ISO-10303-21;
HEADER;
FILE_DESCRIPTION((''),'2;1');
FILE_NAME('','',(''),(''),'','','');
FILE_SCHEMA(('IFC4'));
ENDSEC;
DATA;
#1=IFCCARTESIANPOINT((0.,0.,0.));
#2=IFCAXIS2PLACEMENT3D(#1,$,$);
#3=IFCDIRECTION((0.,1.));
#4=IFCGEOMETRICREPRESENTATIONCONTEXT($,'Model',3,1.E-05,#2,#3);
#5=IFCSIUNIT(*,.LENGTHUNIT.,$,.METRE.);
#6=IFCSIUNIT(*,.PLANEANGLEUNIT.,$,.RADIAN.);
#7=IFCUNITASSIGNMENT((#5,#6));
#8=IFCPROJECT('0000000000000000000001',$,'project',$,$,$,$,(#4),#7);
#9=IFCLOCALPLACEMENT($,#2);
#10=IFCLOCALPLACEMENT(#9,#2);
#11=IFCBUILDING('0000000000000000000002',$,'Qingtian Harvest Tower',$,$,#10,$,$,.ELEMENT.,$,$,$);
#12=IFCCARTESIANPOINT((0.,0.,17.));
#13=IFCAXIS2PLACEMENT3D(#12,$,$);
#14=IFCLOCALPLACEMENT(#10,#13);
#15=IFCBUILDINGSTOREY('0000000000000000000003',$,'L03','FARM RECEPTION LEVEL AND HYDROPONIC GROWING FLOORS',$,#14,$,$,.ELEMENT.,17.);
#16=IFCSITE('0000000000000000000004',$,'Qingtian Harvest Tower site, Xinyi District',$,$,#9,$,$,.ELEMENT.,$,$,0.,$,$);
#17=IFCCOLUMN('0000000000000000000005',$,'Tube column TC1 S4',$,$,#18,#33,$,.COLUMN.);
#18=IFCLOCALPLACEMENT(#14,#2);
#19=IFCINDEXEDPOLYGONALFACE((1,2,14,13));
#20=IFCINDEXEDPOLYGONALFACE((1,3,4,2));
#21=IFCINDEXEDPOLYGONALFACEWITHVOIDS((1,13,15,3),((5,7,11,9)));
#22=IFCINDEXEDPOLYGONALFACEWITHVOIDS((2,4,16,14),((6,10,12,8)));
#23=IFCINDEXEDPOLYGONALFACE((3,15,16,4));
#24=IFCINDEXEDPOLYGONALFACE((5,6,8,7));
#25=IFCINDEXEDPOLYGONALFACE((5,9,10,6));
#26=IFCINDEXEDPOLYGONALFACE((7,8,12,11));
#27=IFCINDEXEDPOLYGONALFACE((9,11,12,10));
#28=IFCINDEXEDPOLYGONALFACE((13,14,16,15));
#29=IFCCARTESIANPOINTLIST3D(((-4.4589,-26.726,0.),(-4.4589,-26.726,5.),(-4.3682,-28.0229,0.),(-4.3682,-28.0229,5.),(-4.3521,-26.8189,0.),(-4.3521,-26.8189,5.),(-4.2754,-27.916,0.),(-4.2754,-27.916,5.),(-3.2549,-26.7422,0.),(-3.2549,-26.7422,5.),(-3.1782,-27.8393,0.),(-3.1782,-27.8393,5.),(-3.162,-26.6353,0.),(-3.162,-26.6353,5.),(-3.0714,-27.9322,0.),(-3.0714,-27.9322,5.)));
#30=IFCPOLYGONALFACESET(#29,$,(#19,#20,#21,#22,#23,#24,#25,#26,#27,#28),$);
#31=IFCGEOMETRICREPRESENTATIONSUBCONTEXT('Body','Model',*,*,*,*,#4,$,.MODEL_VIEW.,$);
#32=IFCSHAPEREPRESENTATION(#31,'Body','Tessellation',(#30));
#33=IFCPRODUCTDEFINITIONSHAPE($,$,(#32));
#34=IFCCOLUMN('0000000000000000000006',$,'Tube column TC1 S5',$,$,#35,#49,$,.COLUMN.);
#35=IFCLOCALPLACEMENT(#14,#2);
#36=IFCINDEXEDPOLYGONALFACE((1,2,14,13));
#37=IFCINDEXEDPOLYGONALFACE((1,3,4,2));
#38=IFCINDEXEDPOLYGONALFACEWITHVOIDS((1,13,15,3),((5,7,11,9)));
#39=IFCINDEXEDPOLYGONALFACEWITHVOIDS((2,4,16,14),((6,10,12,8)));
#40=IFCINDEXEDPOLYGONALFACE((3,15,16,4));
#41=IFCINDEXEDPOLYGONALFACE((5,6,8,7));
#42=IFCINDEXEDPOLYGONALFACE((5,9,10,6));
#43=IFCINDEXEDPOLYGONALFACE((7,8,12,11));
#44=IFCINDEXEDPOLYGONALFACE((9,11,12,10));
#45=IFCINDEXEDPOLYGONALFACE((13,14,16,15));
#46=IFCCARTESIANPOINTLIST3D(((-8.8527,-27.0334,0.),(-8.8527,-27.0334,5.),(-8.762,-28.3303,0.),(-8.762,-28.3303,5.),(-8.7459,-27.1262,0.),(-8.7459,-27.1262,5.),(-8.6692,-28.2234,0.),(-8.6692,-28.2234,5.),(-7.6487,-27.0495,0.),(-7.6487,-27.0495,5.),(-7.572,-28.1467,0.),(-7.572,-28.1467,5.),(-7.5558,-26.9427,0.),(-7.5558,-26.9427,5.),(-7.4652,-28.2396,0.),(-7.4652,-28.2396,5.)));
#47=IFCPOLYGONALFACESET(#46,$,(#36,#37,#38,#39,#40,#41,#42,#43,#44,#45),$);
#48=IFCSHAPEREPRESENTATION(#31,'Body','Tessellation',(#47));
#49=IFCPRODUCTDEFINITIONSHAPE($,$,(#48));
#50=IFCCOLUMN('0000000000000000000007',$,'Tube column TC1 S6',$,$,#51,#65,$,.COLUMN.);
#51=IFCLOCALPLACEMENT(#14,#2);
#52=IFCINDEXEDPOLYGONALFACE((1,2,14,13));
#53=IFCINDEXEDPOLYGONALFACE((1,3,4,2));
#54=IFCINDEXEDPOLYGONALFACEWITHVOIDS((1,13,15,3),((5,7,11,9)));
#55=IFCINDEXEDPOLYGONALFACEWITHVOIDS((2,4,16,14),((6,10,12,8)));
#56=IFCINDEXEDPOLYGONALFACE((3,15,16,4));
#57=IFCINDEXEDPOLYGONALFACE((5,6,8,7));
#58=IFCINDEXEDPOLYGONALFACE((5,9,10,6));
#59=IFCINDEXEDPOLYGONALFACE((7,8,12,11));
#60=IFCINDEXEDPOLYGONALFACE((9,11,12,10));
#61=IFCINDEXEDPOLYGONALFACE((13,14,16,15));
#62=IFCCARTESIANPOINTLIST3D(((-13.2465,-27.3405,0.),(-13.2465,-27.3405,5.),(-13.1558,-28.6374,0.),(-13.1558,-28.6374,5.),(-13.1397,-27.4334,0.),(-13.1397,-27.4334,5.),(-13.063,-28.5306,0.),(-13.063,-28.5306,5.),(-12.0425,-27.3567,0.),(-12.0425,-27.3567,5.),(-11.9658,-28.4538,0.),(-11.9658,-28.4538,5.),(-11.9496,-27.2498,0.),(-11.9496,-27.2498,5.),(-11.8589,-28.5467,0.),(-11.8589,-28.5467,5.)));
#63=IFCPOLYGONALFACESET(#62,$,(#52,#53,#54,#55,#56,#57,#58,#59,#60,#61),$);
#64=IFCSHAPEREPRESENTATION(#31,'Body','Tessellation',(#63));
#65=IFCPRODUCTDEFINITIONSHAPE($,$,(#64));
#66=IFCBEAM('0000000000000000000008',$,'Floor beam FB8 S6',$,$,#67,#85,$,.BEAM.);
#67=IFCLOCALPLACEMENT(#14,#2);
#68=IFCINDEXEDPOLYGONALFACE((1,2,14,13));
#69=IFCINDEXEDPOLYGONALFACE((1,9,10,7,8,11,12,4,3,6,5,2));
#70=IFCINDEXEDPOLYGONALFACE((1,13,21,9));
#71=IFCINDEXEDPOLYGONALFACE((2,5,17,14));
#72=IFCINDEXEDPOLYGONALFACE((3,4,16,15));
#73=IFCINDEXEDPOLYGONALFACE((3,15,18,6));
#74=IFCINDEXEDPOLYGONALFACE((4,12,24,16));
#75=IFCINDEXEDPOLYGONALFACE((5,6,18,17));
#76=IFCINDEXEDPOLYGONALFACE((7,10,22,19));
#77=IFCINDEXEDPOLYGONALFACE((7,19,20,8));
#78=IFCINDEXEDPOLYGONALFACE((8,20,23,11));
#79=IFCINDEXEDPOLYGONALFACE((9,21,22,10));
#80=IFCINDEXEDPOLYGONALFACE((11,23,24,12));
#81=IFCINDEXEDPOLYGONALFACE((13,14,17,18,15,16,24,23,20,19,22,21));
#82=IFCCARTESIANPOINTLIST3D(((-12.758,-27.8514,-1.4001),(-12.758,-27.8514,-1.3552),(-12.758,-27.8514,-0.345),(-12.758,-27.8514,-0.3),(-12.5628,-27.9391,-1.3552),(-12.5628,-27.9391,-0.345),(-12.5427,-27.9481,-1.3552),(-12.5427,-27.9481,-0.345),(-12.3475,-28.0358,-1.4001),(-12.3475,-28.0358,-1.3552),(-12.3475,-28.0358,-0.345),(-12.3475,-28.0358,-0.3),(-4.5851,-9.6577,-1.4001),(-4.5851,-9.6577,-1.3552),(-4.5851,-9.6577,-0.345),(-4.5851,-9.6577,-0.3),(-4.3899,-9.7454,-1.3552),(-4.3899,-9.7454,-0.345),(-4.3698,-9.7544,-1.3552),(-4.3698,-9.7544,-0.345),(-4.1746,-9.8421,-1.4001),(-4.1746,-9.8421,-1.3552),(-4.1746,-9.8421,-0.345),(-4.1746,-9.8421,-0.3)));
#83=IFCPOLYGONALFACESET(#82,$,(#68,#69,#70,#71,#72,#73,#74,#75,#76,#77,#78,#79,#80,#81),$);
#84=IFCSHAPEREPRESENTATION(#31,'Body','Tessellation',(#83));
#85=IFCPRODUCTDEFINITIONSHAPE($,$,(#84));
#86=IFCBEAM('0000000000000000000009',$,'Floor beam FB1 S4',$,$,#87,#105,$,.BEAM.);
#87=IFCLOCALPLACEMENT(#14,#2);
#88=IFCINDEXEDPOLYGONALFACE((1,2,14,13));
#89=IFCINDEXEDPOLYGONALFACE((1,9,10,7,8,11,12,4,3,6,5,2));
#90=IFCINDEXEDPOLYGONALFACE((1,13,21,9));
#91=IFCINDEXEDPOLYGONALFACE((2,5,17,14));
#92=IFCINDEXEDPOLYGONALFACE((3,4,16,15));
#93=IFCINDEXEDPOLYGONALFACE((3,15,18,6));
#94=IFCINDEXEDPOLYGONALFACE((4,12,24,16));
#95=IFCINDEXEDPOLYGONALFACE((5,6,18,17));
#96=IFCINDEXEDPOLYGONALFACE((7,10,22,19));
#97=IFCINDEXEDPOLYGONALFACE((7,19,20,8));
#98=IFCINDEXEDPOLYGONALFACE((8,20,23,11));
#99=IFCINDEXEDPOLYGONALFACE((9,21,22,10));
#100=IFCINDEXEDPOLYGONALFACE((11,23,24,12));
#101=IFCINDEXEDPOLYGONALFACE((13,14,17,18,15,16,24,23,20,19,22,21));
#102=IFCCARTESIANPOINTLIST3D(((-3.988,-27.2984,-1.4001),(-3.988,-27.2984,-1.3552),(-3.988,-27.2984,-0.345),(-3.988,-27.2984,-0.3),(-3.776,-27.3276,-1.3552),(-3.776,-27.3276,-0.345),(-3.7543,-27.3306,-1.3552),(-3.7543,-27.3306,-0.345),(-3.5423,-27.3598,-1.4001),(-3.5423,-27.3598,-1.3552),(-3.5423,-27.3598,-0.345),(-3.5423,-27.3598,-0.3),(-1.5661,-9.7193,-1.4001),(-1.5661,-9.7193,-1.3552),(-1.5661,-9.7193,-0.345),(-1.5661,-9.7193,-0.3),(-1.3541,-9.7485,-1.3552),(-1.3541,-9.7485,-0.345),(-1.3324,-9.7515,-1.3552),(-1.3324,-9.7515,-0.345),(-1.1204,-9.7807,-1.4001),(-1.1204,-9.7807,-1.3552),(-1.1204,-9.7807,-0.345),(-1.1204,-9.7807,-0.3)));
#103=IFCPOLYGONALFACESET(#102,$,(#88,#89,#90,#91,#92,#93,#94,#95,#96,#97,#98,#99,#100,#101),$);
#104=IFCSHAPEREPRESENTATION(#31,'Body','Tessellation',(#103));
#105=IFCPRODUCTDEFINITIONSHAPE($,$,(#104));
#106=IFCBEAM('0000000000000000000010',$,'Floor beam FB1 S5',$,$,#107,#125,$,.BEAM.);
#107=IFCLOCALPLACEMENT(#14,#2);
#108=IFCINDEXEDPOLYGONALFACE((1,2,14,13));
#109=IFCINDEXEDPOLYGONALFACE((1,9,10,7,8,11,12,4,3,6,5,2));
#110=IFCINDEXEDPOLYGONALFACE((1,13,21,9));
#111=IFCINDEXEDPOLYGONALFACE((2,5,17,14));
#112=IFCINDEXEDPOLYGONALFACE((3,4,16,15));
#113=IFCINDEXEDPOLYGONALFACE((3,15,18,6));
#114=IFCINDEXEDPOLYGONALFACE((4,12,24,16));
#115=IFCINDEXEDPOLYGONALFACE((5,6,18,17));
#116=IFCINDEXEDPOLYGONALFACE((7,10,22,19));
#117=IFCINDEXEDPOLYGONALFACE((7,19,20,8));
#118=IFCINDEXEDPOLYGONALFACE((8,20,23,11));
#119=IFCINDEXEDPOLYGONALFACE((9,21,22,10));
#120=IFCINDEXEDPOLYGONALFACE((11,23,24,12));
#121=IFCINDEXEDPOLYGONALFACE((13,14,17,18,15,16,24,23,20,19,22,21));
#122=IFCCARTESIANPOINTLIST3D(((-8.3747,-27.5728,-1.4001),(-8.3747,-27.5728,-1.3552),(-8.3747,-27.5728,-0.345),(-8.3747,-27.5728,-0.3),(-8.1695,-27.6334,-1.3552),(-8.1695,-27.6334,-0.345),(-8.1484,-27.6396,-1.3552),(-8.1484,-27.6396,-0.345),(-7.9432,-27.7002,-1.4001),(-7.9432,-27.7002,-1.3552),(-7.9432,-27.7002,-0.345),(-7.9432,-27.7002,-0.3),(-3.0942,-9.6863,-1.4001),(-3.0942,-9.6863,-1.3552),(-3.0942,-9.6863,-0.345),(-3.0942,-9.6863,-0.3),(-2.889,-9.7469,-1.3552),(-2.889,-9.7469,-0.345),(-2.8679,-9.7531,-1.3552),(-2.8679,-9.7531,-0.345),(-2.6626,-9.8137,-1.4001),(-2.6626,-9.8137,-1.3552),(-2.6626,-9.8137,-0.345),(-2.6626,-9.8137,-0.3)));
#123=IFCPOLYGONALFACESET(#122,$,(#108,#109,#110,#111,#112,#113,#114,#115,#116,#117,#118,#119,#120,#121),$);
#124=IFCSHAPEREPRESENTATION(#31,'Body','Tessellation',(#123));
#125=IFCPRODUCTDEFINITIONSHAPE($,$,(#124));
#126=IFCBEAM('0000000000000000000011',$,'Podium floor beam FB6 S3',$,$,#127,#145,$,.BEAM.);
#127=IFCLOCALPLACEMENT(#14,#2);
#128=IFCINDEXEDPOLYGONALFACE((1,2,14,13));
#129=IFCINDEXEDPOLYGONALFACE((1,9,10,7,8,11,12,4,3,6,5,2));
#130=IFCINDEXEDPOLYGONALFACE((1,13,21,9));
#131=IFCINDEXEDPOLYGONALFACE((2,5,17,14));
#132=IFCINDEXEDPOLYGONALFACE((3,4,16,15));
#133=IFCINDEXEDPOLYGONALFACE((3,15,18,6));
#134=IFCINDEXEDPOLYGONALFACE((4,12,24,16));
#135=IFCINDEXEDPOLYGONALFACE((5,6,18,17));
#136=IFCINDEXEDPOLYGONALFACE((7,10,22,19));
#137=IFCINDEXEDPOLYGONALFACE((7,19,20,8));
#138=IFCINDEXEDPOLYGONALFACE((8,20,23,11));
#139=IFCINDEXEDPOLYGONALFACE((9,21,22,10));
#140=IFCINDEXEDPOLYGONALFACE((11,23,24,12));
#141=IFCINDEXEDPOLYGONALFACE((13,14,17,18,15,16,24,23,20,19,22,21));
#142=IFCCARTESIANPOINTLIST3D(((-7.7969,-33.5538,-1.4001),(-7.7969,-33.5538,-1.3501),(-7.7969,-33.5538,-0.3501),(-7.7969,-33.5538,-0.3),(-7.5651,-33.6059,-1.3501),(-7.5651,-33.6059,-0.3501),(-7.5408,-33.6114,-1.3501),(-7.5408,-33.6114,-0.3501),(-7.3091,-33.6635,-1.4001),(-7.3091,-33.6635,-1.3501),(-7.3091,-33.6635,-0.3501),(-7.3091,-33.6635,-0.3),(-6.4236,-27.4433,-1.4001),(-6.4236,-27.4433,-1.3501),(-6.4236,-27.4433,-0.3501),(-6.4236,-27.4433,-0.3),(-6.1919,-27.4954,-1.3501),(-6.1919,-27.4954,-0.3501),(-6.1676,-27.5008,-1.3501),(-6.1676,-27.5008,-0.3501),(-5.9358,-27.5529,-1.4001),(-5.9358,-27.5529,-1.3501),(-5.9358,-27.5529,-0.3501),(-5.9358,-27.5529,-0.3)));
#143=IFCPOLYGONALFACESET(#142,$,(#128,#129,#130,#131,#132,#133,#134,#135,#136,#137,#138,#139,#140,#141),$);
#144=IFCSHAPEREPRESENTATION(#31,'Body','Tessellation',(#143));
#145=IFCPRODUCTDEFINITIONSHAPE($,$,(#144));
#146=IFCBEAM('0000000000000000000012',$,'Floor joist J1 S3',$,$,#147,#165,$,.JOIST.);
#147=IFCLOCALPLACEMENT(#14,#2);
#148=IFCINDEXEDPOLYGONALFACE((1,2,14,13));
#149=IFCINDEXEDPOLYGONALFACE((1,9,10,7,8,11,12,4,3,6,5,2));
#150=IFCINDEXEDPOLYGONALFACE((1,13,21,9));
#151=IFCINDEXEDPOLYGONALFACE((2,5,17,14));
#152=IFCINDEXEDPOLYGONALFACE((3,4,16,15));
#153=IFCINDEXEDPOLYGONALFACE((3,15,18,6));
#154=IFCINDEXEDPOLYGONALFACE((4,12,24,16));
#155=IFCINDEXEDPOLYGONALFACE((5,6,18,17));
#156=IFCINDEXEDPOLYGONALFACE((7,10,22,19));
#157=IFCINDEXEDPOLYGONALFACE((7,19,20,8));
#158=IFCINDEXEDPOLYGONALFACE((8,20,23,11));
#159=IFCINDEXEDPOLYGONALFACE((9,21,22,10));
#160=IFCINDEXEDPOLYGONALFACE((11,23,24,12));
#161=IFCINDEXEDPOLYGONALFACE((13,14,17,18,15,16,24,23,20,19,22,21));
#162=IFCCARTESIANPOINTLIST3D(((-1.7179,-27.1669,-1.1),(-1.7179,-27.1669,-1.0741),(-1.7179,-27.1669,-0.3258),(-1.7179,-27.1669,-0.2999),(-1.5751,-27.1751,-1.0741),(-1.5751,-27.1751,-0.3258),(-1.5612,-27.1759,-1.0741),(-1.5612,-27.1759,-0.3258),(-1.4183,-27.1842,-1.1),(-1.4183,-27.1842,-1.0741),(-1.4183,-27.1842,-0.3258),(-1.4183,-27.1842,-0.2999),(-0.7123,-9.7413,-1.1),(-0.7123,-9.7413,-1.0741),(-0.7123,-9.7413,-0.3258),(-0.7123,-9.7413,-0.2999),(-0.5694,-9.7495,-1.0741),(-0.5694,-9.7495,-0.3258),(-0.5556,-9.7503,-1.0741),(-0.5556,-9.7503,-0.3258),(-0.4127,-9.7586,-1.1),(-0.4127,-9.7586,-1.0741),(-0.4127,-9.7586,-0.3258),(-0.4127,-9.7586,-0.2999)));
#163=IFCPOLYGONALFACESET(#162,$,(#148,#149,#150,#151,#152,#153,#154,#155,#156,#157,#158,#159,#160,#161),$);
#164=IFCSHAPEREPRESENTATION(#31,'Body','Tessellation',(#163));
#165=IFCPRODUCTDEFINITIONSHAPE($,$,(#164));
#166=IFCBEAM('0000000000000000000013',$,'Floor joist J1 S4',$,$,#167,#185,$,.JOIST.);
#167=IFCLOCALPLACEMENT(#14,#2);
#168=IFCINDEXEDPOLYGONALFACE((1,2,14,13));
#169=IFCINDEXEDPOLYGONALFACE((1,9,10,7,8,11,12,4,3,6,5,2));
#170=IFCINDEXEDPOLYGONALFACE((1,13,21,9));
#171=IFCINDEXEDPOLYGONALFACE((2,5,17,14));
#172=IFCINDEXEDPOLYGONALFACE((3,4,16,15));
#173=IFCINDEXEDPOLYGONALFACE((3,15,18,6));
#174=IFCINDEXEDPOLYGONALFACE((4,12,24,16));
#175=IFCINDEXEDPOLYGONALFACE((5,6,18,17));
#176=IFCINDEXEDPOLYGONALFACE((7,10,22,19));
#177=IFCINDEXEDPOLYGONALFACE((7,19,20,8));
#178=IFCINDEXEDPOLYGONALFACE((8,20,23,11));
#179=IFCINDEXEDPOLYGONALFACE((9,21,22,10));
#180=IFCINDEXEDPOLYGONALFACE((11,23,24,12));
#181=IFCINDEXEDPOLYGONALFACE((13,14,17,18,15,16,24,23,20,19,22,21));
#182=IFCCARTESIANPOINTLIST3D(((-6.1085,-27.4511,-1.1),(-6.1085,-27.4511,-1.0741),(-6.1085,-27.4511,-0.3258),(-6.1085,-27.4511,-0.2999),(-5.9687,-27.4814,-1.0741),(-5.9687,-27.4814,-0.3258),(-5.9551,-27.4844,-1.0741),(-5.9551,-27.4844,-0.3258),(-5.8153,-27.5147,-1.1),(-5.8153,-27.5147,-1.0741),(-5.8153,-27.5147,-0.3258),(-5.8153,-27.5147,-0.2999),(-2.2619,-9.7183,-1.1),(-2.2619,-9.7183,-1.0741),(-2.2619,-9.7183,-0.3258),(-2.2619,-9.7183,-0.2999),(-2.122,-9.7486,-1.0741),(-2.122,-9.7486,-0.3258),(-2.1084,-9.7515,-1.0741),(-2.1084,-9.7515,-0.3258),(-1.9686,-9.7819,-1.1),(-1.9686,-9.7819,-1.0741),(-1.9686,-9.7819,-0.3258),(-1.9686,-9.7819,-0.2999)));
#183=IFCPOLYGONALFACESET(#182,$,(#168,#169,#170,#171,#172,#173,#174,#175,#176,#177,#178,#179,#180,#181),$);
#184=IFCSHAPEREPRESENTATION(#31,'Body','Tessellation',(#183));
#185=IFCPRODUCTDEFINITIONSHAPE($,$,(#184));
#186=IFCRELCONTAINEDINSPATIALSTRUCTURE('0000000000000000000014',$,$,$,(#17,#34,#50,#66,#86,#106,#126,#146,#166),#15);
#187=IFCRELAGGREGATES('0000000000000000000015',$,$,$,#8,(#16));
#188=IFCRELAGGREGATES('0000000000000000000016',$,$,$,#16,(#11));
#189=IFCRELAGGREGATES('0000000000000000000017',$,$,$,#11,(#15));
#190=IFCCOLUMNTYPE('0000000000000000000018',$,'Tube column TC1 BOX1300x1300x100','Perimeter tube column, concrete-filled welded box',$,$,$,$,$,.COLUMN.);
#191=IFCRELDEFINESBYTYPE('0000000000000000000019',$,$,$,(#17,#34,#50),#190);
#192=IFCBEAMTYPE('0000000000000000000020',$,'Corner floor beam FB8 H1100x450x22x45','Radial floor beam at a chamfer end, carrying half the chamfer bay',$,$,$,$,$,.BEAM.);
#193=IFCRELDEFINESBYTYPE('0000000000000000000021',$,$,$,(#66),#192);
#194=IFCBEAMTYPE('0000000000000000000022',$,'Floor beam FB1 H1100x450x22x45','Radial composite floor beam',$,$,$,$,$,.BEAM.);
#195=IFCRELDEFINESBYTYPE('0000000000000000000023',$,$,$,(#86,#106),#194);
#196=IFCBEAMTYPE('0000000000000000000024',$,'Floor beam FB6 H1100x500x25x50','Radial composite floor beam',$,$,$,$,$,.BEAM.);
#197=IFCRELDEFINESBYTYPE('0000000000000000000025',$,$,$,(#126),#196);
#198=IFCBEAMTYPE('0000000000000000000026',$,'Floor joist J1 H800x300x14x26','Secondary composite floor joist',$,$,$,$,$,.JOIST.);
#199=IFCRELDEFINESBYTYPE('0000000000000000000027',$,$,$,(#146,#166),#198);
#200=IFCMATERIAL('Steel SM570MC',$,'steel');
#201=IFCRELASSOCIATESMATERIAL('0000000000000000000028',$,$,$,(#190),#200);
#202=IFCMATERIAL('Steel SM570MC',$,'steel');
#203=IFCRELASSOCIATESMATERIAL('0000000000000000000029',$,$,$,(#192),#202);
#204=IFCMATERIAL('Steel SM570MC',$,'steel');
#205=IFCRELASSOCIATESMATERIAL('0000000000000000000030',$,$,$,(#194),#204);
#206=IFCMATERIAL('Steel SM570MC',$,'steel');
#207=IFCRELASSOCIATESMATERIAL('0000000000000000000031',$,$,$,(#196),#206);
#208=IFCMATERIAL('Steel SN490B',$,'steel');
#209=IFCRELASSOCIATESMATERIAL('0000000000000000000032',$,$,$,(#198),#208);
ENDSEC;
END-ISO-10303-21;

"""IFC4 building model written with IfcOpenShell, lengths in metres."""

from ifc_helpers import new_model, si_unit, direction, frame, origin, origin_2d, place, context, subcontext, project, spatial, hollow_rectangle, i_section, extrude, material, material_profile, profile_set, type_object, element, save


model = new_model("IFC4")

# Units and contexts
model_context = context("Model", 3, precision=1e-05, world=origin(), true_north=direction((0.0, 1.0)))
body_context = subcontext(model_context, "Body", "Model", "MODEL_VIEW")
ifc_project = project(units=[si_unit("LENGTHUNIT", "METRE"), si_unit("PLANEANGLEUNIT", "RADIAN")], contexts=[model_context])

# Site, building, storey
site_placement = place(None, origin())
site = spatial("IfcSite", under=ifc_project, at=site_placement, Name="Qingtian Harvest Tower site, Xinyi District", CompositionType="ELEMENT", RefElevation=0.0)
building_placement = place(site_placement, origin())
building = spatial("IfcBuilding", under=site, at=building_placement, Name="Qingtian Harvest Tower", CompositionType="ELEMENT")
storey_placement = place(building_placement, frame((0.0, 0.0, 17.0)))
storey = spatial("IfcBuildingStorey", under=building, at=storey_placement, Name="L03", Description="FARM RECEPTION LEVEL AND HYDROPONIC GROWING FLOORS", CompositionType="ELEMENT", Elevation=17.0)

# Columns
ifc_material_1 = material(Name="Steel SM570MC", Category="steel")
ifc_material_profile_1 = material_profile(ifc_material_1, hollow_rectangle(XDim=1.3, YDim=1.3, WallThickness=0.1001, at=origin_2d()), Name="BOX1300x1300x100")
ifc_profile_set_1 = profile_set([ifc_material_profile_1], Name="Steel SM570MC")
column_type = type_object("IfcColumnType", Name="Tube column TC1 BOX1300x1300x100", Description="Perimeter tube column, concrete-filled welded box", PredefinedType="COLUMN", material=ifc_profile_set_1)
for number, where, z_axis, x_axis, name in (
    (1, (-3.7651, -27.3291, 0.0), (0.0, 0.0, 1.0), (0.997564, 0.069756, 0.0), "Tube column TC1 S4"),
    (2, (-8.1589, -27.6365, 0.0), (0.0, 0.0, 1.0), (0.997564, 0.069756, 0.0), "Tube column TC1 S5"),
    (3, (-12.5527, -27.9436, 0.0), (0.0, 0.0, 1.0), (0.997564, 0.069756, 0.0), "Tube column TC1 S6"),
):
    element("IfcColumn", number, at=place(storey_placement, frame(where, z_axis=z_axis, x_axis=x_axis)), inside=storey, type_object=column_type, Name=name, PredefinedType="COLUMN", context=body_context, shape_type="SweptSolid", body=[
        extrude(hollow_rectangle(XDim=1.3, YDim=1.3, WallThickness=0.1001, at=origin_2d()), origin(), (0.0, 0.0, 1.0), 5.0),
    ])

# Beams
ifc_material_2 = material(Name="Steel SM570MC", Category="steel")
ifc_material_profile_2 = material_profile(ifc_material_2, i_section(OverallWidth=0.45, OverallDepth=1.1001, WebThickness=0.022, FlangeThickness=0.0449, at=origin_2d()), Name="H1100x450x22x45")
ifc_profile_set_2 = profile_set([ifc_material_profile_2], Name="Steel SM570MC")
beam_type_1 = type_object("IfcBeamType", Name="Corner floor beam FB8 H1100x450x22x45", Description="Radial floor beam at a chamfer end, carrying half the chamfer bay", PredefinedType="BEAM", material=ifc_profile_set_2)
beam_1_placement = place(storey_placement, frame((-12.5527, -27.9436, -0.8501), z_axis=(0.40977, 0.912189, 0.0), x_axis=(-0.912189, 0.40977, 0.0)))
element("IfcBeam", 4, at=beam_1_placement, inside=storey, type_object=beam_type_1, Name="Floor beam FB8 S6", PredefinedType="BEAM", context=body_context, shape_type="SweptSolid", body=[
    extrude(i_section(OverallWidth=0.45, OverallDepth=1.1001, WebThickness=0.022, FlangeThickness=0.0449, at=origin_2d()), origin(), (0.0, 0.0, 1.0), 19.9451),
])
ifc_material_3 = material(Name="Steel SM570MC", Category="steel")
ifc_material_profile_3 = material_profile(ifc_material_3, i_section(OverallWidth=0.45, OverallDepth=1.1001, WebThickness=0.022, FlangeThickness=0.0449, at=origin_2d()), Name="H1100x450x22x45")
ifc_profile_set_3 = profile_set([ifc_material_profile_3], Name="Steel SM570MC")
beam_type_2 = type_object("IfcBeamType", Name="Floor beam FB1 H1100x450x22x45", Description="Radial composite floor beam", PredefinedType="BEAM", material=ifc_profile_set_3)
beam_2_placement = place(storey_placement, frame((-3.7651, -27.3291, -0.8501), z_axis=(0.136481, 0.990643, 0.0), x_axis=(-0.990643, 0.136481, 0.0)))
element("IfcBeam", 5, at=beam_2_placement, inside=storey, type_object=beam_type_2, Name="Floor beam FB1 S4", PredefinedType="BEAM", context=body_context, shape_type="SweptSolid", body=[
    extrude(i_section(OverallWidth=0.45, OverallDepth=1.1001, WebThickness=0.022, FlangeThickness=0.0449, at=origin_2d()), origin(), (0.0, 0.0, 1.0), 17.7451),
])
beam_3_placement = place(storey_placement, frame((-8.1589, -27.6365, -0.8501), z_axis=(0.283143, 0.959078, 0.0), x_axis=(-0.959078, 0.283143, 0.0)))
element("IfcBeam", 6, at=beam_3_placement, inside=storey, type_object=beam_type_2, Name="Floor beam FB1 S5", PredefinedType="BEAM", context=body_context, shape_type="SweptSolid", body=[
    extrude(i_section(OverallWidth=0.45, OverallDepth=1.1001, WebThickness=0.022, FlangeThickness=0.0449, at=origin_2d()), origin(), (0.0, 0.0, 1.0), 18.6497),
])
ifc_material_4 = material(Name="Steel SM570MC", Category="steel")
ifc_material_profile_4 = material_profile(ifc_material_4, i_section(OverallWidth=0.5, OverallDepth=1.1001, WebThickness=0.0249, FlangeThickness=0.05, at=origin_2d()), Name="H1100x500x25x50")
ifc_profile_set_4 = profile_set([ifc_material_profile_4], Name="Steel SM570MC")
beam_type_3 = type_object("IfcBeamType", Name="Floor beam FB6 H1100x500x25x50", Description="Radial composite floor beam", PredefinedType="BEAM", material=ifc_profile_set_4)
beam_4_placement = place(storey_placement, frame((-7.553, -33.6086, -0.8501), z_axis=(0.21927, 0.975664, 0.0), x_axis=(-0.975664, 0.21927, 0.0)))
element("IfcBeam", 7, at=beam_4_placement, inside=storey, type_object=beam_type_3, Name="Podium floor beam FB6 S3", PredefinedType="BEAM", context=body_context, shape_type="SweptSolid", body=[
    extrude(i_section(OverallWidth=0.5, OverallDepth=1.1001, WebThickness=0.0249, FlangeThickness=0.05, at=origin_2d()), origin(), (0.0, 0.0, 1.0), 6.2629),
])
ifc_material_5 = material(Name="Steel SN490B", Category="steel")
ifc_material_profile_5 = material_profile(ifc_material_5, i_section(OverallWidth=0.3, OverallDepth=0.8, WebThickness=0.0139, FlangeThickness=0.0259, at=origin_2d()), Name="H800x300x14x26")
ifc_profile_set_5 = profile_set([ifc_material_profile_5], Name="Steel SN490B")
beam_type_4 = type_object("IfcBeamType", Name="Floor joist J1 H800x300x14x26", Description="Secondary composite floor joist", PredefinedType="JOIST", material=ifc_profile_set_5)
beam_5_placement = place(storey_placement, frame((-1.5681, -27.1755, -0.7), z_axis=(0.057613, 0.998339, 0.0), x_axis=(-0.998339, 0.057613, 0.0)))
element("IfcBeam", 8, at=beam_5_placement, inside=storey, type_object=beam_type_4, Name="Floor joist J1 S3", PredefinedType="JOIST", context=body_context, shape_type="SweptSolid", body=[
    extrude(i_section(OverallWidth=0.3, OverallDepth=0.8, WebThickness=0.0139, FlangeThickness=0.0259, at=origin_2d()), origin(), (0.0, 0.0, 1.0), 17.4546),
])
beam_6_placement = place(storey_placement, frame((-5.9619, -27.4829, -0.7), z_axis=(0.211993, 0.977271, 0.0), x_axis=(-0.977271, 0.211993, 0.0)))
element("IfcBeam", 9, at=beam_6_placement, inside=storey, type_object=beam_type_4, Name="Floor joist J1 S4", PredefinedType="JOIST", context=body_context, shape_type="SweptSolid", body=[
    extrude(i_section(OverallWidth=0.3, OverallDepth=0.8, WebThickness=0.0139, FlangeThickness=0.0259, at=origin_2d()), origin(), (0.0, 0.0, 1.0), 18.1453),
])

save(model, "model.ifc")
